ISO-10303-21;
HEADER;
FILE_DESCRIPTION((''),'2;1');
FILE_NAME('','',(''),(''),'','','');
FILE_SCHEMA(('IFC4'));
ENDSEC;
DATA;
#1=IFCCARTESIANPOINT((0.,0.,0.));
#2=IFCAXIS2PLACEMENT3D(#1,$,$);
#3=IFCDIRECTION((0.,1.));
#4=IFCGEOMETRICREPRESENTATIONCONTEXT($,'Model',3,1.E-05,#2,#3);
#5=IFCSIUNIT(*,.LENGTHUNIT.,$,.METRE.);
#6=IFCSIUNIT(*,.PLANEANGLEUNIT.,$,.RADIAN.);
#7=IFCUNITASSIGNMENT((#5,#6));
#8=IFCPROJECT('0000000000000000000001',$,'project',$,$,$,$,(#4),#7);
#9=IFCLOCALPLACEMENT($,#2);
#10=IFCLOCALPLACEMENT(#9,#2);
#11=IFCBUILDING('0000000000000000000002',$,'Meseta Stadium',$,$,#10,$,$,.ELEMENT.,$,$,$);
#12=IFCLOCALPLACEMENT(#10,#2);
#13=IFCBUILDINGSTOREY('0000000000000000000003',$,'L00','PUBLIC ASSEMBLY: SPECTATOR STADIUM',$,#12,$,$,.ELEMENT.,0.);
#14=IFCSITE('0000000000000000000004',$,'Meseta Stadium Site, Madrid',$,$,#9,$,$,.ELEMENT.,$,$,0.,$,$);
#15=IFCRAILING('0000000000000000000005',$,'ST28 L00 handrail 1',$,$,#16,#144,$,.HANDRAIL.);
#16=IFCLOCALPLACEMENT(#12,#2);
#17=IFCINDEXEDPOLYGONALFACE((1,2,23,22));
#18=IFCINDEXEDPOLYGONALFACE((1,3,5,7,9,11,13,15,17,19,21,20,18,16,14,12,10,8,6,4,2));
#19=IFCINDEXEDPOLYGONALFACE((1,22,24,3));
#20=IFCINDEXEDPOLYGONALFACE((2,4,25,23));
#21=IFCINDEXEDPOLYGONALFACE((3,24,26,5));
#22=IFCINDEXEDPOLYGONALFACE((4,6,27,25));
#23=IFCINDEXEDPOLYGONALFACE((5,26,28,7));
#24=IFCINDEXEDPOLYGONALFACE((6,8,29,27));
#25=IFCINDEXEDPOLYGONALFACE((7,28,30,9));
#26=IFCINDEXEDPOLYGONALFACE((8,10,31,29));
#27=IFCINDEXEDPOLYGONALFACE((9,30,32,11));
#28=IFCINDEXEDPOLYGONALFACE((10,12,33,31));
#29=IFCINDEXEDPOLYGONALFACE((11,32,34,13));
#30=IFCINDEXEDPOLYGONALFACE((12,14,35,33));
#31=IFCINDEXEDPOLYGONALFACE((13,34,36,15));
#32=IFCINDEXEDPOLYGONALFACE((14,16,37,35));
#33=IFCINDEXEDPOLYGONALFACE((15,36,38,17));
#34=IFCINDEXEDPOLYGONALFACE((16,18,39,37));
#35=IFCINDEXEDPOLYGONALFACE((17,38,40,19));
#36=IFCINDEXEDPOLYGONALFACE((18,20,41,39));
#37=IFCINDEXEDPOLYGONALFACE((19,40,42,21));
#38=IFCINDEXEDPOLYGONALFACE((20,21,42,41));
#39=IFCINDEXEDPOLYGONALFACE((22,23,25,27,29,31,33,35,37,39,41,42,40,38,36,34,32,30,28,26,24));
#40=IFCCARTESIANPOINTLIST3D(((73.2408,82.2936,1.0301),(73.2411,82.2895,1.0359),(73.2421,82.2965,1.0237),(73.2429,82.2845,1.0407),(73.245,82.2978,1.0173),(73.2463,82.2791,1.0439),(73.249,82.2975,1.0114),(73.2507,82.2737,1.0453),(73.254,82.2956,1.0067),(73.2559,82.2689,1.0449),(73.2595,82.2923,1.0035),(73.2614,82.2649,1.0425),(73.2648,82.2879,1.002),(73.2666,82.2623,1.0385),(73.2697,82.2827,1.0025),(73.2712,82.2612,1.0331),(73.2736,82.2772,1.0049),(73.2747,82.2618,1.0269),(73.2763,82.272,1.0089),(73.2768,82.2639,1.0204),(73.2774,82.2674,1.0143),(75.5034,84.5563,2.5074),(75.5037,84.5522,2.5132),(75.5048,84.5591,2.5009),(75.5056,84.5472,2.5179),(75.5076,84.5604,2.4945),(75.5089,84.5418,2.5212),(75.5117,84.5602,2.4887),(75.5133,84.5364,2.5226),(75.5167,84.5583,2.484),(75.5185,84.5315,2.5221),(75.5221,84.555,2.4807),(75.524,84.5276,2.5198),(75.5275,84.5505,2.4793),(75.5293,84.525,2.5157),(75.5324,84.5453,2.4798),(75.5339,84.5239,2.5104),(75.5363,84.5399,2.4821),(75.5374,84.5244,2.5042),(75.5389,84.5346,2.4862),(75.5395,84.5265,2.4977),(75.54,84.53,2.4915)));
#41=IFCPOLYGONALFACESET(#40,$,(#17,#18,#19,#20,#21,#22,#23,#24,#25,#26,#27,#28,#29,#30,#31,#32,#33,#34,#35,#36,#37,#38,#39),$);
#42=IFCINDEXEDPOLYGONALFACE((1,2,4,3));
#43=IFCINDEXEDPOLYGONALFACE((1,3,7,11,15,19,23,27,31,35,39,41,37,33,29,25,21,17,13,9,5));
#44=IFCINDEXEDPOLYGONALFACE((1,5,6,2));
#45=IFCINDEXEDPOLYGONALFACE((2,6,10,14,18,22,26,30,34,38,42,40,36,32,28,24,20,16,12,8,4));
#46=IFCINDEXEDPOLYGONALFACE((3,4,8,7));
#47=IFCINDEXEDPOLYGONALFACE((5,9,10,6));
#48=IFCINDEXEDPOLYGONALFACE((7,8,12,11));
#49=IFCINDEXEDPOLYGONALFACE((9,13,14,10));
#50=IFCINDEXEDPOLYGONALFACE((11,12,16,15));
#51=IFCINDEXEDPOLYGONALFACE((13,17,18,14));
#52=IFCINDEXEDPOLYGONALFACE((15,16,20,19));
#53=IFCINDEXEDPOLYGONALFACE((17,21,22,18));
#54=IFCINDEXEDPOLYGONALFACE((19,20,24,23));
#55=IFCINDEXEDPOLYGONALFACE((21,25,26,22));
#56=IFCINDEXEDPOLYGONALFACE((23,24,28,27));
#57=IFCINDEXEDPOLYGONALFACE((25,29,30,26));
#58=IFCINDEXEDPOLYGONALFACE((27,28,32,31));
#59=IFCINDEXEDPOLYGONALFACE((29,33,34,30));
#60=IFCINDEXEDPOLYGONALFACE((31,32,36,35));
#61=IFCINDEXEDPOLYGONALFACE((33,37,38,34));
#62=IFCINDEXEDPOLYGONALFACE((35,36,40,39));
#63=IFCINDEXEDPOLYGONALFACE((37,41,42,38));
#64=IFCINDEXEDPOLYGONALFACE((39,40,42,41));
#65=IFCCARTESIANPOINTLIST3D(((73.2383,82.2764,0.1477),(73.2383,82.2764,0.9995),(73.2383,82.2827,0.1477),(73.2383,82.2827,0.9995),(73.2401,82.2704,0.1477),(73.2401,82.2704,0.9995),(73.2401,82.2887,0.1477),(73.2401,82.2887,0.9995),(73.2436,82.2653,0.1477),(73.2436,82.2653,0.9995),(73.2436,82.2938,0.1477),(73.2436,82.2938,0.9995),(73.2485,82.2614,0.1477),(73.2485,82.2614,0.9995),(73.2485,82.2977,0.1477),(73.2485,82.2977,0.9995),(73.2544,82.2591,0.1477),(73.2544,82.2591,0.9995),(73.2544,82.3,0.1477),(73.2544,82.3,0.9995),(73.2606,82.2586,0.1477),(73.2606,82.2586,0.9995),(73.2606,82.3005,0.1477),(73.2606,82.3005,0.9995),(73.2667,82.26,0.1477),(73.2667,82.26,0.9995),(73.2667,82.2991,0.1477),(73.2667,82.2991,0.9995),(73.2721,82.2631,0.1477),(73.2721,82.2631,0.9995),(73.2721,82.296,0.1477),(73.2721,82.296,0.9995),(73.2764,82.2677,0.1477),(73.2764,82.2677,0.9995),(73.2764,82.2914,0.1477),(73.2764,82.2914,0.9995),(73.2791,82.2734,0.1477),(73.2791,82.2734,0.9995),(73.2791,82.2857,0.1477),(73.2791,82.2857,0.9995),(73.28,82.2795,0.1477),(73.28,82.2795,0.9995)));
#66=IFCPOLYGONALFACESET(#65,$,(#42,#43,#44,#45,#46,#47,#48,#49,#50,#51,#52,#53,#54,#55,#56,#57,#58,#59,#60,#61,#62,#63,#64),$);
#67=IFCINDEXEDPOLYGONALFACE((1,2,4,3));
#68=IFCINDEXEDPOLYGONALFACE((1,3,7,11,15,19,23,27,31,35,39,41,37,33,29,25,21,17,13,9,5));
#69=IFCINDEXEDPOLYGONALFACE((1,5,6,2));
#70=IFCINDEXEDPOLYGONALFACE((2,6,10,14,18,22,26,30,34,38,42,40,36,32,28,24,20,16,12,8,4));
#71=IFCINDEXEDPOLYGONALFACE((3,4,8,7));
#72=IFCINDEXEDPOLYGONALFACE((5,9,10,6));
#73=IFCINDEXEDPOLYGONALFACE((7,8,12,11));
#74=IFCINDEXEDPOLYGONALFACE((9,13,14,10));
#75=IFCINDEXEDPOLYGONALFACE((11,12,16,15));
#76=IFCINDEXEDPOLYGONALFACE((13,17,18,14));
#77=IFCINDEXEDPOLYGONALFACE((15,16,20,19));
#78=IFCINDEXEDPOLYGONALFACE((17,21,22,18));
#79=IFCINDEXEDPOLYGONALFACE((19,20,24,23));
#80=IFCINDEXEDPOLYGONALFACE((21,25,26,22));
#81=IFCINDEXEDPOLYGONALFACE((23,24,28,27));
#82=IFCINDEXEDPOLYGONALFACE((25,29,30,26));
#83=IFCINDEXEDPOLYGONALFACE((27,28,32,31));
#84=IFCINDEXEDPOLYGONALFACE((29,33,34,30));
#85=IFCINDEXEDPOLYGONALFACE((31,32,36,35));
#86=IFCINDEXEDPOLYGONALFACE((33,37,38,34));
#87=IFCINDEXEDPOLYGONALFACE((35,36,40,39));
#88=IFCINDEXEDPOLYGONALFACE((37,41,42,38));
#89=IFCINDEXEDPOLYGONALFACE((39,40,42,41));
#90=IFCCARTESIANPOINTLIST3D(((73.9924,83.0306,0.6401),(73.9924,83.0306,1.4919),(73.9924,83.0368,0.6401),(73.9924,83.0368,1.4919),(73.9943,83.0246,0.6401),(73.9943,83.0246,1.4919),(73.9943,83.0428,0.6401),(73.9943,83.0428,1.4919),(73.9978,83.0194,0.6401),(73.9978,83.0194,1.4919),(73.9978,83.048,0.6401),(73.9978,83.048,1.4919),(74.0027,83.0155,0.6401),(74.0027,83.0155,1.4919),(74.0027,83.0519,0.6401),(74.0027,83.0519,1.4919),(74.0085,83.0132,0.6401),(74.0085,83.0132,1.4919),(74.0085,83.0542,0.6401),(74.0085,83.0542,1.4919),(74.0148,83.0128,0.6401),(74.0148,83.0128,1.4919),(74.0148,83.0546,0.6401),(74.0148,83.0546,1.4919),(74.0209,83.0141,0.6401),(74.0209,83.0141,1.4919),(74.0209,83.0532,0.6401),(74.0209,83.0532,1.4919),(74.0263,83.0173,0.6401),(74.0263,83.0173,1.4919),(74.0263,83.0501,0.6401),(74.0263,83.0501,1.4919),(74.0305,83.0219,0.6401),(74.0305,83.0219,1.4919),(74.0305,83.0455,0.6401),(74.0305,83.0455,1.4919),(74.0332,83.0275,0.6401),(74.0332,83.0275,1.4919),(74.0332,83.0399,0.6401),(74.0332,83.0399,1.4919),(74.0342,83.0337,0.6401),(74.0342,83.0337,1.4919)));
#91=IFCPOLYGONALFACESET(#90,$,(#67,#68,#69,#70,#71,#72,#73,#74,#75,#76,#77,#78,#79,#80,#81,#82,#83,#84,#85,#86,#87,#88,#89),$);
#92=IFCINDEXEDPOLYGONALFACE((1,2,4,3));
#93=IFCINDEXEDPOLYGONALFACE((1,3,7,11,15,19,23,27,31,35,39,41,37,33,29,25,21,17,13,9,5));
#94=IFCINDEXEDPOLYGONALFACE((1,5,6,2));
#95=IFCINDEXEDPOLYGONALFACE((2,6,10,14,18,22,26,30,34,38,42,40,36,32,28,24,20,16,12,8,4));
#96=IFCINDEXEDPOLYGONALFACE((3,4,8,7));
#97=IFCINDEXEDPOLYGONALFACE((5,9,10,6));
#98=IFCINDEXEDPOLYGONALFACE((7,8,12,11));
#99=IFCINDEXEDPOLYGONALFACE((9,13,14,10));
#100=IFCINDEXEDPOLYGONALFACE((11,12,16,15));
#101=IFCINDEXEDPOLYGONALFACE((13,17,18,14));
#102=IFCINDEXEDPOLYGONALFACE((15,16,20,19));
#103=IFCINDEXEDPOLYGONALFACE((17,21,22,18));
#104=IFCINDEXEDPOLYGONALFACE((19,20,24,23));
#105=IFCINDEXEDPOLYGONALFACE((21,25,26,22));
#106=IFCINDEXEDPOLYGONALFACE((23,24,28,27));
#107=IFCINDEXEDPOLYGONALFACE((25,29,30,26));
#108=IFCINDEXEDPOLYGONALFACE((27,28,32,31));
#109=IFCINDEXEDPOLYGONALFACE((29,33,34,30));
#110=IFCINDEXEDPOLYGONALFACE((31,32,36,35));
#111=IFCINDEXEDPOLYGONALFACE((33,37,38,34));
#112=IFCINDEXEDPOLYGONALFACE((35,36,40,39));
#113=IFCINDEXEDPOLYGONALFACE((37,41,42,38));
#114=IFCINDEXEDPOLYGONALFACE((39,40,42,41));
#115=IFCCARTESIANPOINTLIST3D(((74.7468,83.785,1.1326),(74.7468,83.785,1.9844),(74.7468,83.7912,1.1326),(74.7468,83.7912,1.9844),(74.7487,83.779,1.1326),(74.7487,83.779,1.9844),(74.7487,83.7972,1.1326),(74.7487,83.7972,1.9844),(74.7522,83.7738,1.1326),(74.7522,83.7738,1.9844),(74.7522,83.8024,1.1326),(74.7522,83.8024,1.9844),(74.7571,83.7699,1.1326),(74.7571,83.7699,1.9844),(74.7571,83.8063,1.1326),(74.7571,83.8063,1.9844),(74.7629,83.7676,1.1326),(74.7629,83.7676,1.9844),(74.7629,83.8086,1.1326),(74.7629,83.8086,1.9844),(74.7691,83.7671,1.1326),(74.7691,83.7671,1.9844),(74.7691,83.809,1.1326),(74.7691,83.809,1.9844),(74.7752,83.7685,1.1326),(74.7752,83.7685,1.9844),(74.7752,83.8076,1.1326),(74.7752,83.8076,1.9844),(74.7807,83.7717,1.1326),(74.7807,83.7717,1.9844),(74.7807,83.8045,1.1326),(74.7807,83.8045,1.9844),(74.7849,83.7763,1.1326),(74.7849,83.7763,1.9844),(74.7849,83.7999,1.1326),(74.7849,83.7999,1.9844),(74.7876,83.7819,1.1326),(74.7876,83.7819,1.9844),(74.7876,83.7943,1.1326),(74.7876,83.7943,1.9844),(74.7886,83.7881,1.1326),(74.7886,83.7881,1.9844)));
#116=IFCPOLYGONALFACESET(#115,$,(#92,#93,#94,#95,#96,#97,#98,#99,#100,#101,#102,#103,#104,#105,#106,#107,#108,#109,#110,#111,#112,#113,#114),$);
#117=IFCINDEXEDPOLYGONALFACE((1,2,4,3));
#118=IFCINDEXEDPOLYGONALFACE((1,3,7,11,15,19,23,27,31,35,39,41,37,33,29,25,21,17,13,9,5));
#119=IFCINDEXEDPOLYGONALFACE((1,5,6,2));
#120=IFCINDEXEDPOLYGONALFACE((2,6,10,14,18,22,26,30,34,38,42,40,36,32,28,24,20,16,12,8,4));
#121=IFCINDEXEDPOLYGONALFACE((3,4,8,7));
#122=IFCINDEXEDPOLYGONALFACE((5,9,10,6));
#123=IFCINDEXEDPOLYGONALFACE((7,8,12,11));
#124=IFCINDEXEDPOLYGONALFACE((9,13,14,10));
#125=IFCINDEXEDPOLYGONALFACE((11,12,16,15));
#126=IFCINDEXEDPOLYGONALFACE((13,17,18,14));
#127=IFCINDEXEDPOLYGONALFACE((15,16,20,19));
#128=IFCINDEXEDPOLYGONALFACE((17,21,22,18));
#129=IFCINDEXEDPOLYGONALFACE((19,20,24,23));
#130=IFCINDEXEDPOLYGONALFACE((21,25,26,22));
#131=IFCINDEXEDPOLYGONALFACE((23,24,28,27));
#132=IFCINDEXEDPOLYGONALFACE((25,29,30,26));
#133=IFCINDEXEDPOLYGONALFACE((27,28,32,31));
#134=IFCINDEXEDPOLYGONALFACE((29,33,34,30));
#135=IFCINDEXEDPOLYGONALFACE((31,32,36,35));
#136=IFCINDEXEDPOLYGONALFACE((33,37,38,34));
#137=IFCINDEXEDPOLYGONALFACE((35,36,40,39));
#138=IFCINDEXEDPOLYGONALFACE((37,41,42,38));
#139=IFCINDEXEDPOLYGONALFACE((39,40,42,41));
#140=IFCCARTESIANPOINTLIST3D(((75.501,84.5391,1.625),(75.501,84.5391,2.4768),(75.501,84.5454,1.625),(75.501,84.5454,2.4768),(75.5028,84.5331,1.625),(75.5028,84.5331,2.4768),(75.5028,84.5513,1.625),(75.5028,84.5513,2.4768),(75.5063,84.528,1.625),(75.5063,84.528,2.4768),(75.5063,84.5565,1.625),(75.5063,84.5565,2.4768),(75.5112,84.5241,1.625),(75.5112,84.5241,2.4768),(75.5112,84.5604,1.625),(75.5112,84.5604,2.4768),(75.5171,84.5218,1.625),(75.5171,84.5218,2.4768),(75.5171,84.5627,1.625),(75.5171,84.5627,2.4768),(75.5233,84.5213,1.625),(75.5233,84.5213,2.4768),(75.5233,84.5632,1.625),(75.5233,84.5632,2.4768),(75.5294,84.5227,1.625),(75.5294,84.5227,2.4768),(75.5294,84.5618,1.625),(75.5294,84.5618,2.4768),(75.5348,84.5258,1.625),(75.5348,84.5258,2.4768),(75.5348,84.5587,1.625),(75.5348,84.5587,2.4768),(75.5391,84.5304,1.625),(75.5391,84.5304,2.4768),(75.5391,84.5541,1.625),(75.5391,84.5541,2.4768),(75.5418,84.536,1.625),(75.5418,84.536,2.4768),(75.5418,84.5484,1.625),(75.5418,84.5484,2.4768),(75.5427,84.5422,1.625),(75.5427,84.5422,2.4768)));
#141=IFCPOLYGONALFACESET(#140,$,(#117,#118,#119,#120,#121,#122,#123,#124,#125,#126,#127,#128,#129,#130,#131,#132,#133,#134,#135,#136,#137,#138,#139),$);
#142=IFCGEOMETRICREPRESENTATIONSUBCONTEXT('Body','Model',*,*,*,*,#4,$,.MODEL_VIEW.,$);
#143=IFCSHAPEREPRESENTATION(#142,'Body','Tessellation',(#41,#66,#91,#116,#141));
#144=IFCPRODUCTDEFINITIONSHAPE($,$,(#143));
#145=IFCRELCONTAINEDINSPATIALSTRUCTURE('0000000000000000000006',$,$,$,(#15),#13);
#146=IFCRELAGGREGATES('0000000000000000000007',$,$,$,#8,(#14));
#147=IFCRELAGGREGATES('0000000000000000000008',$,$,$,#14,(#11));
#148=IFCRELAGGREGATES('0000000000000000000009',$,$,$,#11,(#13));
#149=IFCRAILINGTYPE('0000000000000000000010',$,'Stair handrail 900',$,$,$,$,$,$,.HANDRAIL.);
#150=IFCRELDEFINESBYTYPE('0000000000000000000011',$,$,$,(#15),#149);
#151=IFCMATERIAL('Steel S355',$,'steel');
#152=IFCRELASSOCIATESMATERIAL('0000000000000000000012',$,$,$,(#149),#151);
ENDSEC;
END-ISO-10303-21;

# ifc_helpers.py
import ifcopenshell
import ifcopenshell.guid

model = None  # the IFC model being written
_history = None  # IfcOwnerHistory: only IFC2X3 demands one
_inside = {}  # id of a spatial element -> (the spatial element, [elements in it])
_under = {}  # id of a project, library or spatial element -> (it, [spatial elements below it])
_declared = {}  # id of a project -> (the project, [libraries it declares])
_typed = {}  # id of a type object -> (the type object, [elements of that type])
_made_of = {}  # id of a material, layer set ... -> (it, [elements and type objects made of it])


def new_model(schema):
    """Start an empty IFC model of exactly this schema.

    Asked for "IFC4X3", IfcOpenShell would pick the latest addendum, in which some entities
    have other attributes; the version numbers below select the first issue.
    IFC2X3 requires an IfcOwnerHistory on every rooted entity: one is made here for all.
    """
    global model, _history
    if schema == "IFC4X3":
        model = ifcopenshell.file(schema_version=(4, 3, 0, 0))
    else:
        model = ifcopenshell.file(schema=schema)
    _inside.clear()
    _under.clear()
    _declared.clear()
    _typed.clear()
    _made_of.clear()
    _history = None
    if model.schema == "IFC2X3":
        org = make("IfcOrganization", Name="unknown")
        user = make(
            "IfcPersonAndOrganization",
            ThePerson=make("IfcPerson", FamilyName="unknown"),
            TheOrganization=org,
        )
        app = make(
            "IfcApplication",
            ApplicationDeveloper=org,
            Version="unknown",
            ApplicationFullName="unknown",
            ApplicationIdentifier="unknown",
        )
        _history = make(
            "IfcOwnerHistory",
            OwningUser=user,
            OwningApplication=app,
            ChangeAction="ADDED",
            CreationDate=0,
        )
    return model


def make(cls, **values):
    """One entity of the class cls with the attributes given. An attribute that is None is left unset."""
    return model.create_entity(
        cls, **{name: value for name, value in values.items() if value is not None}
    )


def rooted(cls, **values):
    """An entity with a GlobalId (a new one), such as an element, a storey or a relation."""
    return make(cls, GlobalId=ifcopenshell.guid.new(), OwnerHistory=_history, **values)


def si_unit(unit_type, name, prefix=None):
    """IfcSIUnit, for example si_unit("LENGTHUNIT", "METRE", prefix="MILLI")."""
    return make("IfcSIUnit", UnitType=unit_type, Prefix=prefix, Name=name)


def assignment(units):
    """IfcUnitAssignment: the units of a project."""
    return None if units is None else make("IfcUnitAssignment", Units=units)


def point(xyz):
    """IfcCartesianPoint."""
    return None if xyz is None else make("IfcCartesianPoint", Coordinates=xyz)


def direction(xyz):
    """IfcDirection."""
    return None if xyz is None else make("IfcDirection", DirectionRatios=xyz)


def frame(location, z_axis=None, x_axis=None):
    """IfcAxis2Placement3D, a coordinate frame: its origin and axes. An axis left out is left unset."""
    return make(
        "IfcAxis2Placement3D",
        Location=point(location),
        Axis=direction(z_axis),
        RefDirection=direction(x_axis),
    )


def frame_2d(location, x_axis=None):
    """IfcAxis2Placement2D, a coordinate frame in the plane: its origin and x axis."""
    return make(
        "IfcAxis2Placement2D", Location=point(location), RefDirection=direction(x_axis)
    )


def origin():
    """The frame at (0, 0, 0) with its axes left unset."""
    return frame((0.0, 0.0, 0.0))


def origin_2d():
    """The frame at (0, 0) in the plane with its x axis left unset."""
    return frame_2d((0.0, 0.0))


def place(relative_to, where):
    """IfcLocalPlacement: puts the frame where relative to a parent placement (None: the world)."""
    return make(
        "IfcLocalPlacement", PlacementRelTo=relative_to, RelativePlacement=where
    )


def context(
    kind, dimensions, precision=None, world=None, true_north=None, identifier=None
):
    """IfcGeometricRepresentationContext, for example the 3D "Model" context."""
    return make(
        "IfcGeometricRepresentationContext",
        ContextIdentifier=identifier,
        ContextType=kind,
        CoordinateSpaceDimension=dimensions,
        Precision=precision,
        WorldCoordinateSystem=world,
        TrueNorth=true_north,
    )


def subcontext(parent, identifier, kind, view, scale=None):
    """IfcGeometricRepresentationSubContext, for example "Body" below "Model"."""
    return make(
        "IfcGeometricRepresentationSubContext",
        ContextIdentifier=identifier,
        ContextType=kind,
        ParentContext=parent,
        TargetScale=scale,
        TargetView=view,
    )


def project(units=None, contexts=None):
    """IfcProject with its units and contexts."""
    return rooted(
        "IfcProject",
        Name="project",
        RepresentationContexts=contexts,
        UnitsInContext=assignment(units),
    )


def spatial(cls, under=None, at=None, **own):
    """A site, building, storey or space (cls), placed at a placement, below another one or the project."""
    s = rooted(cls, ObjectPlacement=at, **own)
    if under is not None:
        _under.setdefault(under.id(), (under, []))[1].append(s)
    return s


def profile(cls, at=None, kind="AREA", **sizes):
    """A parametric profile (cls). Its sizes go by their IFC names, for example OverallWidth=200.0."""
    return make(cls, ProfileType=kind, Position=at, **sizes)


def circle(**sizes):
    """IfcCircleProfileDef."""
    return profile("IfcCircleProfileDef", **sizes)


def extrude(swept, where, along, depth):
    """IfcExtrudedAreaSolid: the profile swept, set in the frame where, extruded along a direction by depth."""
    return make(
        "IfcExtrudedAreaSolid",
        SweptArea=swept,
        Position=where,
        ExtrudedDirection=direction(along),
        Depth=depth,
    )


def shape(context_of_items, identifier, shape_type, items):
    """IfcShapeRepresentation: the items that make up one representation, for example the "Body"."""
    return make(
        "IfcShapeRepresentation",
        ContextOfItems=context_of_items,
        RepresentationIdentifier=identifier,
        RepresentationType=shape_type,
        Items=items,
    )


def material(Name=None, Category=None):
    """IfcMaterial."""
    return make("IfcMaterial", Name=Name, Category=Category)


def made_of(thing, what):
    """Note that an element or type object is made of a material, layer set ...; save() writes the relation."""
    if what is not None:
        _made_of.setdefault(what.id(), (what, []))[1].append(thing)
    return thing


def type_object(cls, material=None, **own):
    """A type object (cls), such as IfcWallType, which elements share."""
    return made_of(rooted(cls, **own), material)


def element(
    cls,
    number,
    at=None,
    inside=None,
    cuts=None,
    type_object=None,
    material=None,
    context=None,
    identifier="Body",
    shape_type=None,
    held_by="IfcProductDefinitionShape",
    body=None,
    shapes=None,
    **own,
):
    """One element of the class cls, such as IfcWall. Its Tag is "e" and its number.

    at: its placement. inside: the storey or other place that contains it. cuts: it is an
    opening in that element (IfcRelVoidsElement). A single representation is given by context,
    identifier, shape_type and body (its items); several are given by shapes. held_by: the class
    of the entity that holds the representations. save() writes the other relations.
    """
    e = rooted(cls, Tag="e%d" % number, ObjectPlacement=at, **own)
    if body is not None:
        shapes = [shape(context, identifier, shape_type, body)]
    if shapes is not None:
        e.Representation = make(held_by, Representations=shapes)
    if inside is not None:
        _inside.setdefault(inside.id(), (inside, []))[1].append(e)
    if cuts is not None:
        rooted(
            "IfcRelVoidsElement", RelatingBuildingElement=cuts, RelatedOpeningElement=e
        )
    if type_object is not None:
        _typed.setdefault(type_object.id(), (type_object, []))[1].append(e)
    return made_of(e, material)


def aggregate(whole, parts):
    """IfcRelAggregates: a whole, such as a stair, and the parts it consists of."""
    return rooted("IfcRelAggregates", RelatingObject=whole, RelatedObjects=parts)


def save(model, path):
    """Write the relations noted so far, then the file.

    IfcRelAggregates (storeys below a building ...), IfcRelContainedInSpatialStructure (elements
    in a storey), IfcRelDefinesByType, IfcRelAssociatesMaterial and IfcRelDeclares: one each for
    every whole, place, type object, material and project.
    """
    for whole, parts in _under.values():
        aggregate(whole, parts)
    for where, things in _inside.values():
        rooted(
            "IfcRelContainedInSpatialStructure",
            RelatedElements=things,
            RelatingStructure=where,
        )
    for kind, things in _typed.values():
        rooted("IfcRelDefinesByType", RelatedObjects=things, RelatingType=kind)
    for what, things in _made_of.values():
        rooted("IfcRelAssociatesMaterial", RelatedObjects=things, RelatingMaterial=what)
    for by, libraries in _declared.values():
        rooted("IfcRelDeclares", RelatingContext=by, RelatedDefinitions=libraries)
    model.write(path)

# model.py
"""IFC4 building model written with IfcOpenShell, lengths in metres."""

from ifc_helpers import new_model, si_unit, direction, frame, origin, origin_2d, place, context, subcontext, project, spatial, circle, extrude, material, type_object, element, save


model = new_model("IFC4")

# Units and contexts
model_context = context("Model", 3, precision=1e-05, world=origin(), true_north=direction((0.0, 1.0)))
body_context = subcontext(model_context, "Body", "Model", "MODEL_VIEW")
ifc_project = project(units=[si_unit("LENGTHUNIT", "METRE"), si_unit("PLANEANGLEUNIT", "RADIAN")], contexts=[model_context])

# Site, building, storey
site_placement = place(None, origin())
site = spatial("IfcSite", under=ifc_project, at=site_placement, Name="Meseta Stadium Site, Madrid", CompositionType="ELEMENT", RefElevation=0.0)
building_placement = place(site_placement, origin())
building = spatial("IfcBuilding", under=site, at=building_placement, Name="Meseta Stadium", CompositionType="ELEMENT")
storey_placement = place(building_placement, origin())
storey = spatial("IfcBuildingStorey", under=building, at=storey_placement, Name="L00", Description="PUBLIC ASSEMBLY: SPECTATOR STADIUM", CompositionType="ELEMENT", Elevation=0.0)

# Railing
ifc_material_1 = material(Name="Steel S355", Category="steel")
railing_type_1 = type_object("IfcRailingType", Name="Stair handrail 900", PredefinedType="HANDRAIL", material=ifc_material_1)
for number, where, name in (
    (1, (73.259, 82.2795, 0.1477), "ST28 L00 handrail 1"),
):
    element("IfcRailing", number, at=place(storey_placement, frame(where)), inside=storey, type_object=railing_type_1, Name=name, PredefinedType="HANDRAIL", context=body_context, shape_type="SweptSolid", body=[
        extrude(circle(Radius=0.0239, at=origin_2d()), frame((0.0, 0.0, 0.876), z_axis=(0.641994, 0.641994, 0.419152), x_axis=(-0.707107, 0.707107, 0.0)), (0.0, 0.0, 1.0), 3.5244),
        extrude(circle(Radius=0.021, at=origin_2d()), origin(), (0.0, 0.0, 1.0), 0.8518),
        extrude(circle(Radius=0.021, at=origin_2d()), frame((0.7542, 0.7542, 0.4924)), (0.0, 0.0, 1.0), 0.8518),
        extrude(circle(Radius=0.021, at=origin_2d()), frame((1.5085, 1.5085, 0.9849)), (0.0, 0.0, 1.0), 0.8518),
        extrude(circle(Radius=0.021, at=origin_2d()), frame((2.2627, 2.2627, 1.4773)), (0.0, 0.0, 1.0), 0.8518),
    ])

save(model, "model.ifc")
